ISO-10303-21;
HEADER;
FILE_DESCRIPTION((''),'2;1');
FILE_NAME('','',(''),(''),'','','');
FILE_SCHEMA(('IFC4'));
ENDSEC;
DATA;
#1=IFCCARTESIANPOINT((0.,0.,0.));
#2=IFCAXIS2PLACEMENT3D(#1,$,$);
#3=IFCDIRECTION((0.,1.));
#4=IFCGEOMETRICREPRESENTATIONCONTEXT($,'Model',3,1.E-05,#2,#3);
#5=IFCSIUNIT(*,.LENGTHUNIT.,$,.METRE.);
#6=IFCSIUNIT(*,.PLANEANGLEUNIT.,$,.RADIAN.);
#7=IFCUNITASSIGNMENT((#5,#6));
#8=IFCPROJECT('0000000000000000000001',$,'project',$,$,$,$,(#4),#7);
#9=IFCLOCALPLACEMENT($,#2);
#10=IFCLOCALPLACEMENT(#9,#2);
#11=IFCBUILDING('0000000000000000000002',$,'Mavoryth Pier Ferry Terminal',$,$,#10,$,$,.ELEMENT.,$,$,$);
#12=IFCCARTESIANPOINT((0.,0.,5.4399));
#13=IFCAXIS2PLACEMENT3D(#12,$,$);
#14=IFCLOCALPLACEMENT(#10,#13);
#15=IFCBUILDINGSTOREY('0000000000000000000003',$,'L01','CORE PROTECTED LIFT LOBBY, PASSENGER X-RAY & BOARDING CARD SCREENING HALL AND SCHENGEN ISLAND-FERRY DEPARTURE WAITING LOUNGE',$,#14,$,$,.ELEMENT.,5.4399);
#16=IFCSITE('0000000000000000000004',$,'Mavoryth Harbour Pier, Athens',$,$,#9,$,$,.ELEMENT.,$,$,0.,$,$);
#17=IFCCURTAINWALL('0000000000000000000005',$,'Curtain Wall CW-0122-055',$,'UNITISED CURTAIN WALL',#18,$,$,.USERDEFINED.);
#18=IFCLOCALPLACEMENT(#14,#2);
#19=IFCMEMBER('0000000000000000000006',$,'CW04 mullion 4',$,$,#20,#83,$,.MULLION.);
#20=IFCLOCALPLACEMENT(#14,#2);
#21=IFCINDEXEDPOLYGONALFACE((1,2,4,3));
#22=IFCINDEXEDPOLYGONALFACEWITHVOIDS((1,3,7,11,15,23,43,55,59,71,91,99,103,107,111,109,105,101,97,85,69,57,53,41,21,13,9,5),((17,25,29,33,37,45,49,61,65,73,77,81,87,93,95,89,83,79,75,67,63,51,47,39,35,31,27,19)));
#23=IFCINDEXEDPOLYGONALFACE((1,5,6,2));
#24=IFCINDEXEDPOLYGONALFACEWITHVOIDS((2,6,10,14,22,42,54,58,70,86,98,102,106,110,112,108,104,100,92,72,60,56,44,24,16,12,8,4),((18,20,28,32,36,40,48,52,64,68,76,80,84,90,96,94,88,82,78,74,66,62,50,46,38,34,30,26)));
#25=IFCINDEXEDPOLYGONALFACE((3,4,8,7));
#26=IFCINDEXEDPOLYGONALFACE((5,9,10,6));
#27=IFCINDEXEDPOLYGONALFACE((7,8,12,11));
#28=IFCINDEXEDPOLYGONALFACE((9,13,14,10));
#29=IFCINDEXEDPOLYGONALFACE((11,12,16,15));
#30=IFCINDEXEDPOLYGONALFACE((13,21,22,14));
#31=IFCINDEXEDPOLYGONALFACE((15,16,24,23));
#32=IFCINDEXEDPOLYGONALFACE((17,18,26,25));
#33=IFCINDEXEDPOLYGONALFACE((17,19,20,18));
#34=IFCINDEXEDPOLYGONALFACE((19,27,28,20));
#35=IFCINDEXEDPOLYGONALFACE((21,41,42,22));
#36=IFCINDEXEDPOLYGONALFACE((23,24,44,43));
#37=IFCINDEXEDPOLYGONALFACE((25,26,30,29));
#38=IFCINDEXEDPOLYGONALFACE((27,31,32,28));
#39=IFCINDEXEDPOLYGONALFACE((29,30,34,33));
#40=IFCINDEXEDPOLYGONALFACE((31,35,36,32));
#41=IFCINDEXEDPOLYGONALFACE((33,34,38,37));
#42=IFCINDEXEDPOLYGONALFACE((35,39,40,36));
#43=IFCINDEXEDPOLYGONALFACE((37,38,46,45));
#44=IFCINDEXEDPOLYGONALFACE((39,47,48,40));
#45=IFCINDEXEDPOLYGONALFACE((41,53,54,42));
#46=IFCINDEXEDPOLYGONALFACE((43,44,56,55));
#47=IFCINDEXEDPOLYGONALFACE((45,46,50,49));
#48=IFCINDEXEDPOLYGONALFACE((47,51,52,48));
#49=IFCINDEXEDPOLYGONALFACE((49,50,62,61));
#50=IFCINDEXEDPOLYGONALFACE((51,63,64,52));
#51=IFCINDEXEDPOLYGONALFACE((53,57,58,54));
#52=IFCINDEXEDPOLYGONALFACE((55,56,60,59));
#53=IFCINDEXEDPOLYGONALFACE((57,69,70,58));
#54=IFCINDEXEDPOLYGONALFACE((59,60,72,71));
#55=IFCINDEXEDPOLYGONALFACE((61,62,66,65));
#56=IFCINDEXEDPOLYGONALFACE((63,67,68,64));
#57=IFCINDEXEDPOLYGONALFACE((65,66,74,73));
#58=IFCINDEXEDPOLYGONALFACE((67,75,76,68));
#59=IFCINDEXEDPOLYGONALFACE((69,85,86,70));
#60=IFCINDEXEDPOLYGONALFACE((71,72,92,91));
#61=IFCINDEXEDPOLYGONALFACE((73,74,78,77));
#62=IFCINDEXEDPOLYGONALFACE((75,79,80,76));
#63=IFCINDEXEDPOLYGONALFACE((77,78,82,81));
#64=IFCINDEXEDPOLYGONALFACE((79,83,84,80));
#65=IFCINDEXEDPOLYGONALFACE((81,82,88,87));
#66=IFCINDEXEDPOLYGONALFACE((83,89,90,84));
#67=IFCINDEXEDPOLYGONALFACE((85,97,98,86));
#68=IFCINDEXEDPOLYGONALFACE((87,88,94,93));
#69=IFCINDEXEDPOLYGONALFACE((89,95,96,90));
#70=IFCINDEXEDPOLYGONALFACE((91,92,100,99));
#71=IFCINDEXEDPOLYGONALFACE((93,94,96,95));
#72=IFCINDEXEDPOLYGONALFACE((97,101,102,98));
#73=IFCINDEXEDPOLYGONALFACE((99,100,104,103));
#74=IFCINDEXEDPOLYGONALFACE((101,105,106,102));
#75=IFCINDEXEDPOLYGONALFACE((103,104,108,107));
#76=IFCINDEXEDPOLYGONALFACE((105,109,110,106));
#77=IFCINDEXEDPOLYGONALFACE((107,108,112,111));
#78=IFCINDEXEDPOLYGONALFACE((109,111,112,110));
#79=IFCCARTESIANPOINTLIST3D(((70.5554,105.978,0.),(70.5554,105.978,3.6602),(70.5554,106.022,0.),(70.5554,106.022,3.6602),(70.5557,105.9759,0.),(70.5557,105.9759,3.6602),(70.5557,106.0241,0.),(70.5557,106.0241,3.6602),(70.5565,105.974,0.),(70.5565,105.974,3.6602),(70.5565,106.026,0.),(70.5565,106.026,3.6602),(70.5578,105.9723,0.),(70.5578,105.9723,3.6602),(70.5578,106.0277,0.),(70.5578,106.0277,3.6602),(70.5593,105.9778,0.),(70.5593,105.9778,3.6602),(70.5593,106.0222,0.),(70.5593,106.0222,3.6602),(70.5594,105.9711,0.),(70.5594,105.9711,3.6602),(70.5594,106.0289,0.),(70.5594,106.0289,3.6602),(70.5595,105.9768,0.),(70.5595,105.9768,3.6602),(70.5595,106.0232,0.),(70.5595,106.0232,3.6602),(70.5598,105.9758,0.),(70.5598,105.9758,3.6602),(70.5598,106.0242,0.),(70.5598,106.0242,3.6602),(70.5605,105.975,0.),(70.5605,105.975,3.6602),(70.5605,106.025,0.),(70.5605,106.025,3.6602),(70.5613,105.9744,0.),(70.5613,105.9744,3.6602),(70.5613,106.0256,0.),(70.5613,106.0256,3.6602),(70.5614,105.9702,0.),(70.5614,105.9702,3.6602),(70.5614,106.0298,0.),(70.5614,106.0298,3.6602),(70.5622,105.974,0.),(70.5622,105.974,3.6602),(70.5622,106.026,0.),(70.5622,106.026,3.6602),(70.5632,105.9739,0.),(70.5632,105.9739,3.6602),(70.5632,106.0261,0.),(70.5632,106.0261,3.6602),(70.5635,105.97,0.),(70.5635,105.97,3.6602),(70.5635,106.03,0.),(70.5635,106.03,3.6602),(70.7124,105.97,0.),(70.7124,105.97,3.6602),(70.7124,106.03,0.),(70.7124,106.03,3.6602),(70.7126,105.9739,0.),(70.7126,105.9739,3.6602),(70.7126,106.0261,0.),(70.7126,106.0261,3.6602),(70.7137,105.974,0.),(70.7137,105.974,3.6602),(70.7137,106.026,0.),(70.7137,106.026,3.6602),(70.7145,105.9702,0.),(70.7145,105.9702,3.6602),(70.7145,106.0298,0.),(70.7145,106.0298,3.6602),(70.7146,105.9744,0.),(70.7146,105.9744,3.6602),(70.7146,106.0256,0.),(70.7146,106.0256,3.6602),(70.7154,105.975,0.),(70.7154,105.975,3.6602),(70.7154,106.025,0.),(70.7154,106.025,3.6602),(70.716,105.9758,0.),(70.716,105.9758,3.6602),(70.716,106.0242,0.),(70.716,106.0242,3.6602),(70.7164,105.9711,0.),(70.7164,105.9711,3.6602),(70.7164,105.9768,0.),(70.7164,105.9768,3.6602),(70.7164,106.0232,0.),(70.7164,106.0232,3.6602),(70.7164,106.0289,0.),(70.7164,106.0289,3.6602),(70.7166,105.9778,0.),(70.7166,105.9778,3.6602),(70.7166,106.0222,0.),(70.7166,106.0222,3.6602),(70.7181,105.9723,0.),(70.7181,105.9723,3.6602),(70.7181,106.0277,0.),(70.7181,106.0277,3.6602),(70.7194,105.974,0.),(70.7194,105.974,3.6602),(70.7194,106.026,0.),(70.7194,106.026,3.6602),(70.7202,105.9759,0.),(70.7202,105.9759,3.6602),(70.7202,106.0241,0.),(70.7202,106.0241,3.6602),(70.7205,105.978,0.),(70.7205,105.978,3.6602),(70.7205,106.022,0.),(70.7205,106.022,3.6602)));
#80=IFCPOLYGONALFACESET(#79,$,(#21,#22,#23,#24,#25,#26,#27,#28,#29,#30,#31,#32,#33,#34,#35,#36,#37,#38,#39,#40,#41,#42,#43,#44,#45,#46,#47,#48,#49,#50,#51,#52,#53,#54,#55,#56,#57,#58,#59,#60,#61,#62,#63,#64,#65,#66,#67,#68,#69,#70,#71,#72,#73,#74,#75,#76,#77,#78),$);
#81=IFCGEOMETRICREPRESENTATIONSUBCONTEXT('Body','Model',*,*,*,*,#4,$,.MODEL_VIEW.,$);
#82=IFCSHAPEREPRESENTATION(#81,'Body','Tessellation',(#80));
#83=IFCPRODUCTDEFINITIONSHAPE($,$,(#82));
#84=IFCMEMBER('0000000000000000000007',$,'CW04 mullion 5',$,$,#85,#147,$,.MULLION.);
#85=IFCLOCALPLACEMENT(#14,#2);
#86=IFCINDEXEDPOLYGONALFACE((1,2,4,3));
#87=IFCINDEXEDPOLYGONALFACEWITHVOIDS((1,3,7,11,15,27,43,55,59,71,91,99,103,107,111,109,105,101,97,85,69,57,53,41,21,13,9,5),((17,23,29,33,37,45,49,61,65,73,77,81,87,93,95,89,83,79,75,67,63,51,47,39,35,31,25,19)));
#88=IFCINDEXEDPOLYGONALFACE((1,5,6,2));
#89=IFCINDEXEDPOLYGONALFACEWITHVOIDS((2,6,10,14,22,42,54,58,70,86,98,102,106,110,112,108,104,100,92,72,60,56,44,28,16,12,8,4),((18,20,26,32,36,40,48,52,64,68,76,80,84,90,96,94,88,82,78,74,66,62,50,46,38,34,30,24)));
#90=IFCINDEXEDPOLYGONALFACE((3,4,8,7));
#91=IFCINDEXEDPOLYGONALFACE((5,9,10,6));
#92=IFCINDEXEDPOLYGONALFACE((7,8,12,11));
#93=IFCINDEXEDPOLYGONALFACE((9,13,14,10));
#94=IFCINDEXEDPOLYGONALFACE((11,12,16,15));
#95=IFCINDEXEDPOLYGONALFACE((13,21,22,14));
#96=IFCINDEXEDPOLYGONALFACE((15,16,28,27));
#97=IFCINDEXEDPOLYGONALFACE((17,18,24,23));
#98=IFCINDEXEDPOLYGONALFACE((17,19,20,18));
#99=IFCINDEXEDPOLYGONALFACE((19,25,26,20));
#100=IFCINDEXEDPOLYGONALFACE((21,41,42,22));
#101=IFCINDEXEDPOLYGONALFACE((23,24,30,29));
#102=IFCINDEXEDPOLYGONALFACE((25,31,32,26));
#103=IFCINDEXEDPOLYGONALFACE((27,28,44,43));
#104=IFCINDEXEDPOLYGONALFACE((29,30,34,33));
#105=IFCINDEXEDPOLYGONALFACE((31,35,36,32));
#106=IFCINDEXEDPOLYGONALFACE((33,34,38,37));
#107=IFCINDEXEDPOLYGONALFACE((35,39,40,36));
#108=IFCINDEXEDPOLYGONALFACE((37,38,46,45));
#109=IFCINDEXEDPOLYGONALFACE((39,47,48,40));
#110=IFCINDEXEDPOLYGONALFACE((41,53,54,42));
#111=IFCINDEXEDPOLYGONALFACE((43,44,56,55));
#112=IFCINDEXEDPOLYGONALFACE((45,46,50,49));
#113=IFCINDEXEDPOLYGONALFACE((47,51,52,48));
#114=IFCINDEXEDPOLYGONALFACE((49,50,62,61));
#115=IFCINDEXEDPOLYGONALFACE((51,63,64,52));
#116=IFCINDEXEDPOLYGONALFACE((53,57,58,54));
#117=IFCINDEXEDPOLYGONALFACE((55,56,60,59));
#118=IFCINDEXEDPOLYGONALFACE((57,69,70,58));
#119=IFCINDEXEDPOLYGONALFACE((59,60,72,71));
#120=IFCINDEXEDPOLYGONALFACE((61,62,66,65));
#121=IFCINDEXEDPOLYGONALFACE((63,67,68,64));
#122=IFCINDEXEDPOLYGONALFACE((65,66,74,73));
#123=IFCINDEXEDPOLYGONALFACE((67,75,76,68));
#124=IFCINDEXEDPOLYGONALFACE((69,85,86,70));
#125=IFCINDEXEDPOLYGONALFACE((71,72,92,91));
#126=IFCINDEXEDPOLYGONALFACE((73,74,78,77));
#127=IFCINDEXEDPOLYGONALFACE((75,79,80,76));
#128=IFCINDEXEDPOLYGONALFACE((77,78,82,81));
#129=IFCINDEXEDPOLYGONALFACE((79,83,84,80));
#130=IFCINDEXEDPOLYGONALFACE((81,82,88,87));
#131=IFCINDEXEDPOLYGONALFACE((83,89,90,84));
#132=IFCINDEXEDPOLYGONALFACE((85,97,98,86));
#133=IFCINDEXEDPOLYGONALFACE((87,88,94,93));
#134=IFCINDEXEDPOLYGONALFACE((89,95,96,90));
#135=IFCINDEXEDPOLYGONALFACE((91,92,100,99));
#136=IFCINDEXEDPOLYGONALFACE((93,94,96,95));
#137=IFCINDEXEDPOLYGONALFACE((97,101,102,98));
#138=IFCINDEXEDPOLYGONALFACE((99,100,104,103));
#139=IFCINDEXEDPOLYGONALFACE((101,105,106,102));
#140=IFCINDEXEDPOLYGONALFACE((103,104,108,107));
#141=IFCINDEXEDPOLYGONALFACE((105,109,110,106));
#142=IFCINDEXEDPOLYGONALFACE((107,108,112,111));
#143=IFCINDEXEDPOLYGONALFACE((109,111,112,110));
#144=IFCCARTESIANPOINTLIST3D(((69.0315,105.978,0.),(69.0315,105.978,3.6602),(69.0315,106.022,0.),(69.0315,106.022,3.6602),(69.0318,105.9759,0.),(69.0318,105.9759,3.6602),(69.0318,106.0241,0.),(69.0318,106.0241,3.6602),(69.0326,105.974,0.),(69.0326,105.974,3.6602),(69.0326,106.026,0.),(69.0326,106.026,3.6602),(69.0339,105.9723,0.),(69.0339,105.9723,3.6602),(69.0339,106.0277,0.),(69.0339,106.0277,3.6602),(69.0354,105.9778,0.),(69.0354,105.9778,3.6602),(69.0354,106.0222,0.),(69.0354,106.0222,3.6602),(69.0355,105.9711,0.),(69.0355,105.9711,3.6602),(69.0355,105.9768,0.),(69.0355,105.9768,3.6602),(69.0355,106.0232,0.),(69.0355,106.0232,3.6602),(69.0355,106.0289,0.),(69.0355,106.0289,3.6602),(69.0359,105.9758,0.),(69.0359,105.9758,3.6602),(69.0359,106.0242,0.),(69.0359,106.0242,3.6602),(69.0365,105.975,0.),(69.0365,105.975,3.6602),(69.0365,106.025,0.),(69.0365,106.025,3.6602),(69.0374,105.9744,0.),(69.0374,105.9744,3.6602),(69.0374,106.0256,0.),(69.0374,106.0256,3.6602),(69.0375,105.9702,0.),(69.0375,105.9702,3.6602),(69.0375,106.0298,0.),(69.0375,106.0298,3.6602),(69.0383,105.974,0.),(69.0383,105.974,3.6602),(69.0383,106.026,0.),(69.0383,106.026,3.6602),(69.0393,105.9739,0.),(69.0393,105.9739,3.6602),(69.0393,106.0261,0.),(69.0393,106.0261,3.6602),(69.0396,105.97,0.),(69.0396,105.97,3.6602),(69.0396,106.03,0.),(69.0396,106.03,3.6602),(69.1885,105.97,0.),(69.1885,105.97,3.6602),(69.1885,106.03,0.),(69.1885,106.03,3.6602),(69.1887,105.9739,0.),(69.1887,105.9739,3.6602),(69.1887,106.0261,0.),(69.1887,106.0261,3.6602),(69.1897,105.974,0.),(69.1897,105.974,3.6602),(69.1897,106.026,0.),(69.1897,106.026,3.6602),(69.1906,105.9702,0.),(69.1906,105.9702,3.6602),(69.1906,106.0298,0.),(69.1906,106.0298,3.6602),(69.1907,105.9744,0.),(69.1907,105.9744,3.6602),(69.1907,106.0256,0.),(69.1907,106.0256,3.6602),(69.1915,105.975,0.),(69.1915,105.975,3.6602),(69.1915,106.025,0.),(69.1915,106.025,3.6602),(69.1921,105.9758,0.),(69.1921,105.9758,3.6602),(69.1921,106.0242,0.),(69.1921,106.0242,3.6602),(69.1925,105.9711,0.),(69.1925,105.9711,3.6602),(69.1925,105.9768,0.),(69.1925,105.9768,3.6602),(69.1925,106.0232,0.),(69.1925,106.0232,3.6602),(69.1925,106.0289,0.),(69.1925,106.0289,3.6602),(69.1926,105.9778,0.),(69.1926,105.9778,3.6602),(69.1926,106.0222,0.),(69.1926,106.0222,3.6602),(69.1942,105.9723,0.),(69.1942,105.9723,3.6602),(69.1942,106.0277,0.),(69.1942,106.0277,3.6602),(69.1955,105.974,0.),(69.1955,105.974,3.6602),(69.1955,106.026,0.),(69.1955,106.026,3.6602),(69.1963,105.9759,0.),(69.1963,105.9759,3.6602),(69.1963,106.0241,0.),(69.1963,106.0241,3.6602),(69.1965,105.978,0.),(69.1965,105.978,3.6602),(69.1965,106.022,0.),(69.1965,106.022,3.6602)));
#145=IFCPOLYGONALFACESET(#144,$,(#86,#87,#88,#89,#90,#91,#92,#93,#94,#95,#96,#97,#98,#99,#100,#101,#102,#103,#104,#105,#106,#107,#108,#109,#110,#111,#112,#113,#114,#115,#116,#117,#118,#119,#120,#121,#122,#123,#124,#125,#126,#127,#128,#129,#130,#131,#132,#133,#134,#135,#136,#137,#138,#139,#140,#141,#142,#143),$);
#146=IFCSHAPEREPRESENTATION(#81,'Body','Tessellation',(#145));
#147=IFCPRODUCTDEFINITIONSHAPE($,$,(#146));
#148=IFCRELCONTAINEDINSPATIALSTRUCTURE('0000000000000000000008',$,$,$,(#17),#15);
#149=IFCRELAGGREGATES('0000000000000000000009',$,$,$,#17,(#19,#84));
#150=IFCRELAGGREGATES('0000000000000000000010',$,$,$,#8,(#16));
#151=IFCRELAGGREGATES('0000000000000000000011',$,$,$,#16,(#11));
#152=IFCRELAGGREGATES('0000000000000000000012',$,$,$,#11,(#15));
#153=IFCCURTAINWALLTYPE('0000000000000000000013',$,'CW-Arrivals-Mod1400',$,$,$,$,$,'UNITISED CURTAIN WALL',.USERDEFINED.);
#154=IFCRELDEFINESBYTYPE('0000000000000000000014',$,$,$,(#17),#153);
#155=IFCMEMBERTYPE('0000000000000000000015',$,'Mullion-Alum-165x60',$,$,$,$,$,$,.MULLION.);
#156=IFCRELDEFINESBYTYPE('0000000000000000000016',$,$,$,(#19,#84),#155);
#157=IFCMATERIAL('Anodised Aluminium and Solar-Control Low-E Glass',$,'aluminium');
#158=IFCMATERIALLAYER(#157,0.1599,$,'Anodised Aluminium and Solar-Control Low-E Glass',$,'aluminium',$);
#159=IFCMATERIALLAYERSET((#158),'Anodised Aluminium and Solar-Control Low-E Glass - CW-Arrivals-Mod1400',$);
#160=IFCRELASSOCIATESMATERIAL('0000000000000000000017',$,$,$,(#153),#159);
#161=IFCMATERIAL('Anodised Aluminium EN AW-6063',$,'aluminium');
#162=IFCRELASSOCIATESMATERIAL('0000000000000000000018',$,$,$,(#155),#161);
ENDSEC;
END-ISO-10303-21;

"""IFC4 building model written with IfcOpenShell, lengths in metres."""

from ifc_helpers import new_model, si_unit, direction, frame, origin, origin_2d, place, context, subcontext, project, spatial, hollow_rectangle, extrude, material, layer, layer_set, material_profile, profile_set, type_object, element, aggregate, save


model = new_model("IFC4")

# Units and contexts
model_context = context("Model", 3, precision=1e-05, world=origin(), true_north=direction((0.0, 1.0)))
body_context = subcontext(model_context, "Body", "Model", "MODEL_VIEW")
ifc_project = project(units=[si_unit("LENGTHUNIT", "METRE"), si_unit("PLANEANGLEUNIT", "RADIAN")], contexts=[model_context])

# Site, building, storey
site_placement = place(None, origin())
site = spatial("IfcSite", under=ifc_project, at=site_placement, Name="Mavoryth Harbour Pier, Athens", CompositionType="ELEMENT", RefElevation=0.0)
building_placement = place(site_placement, origin())
building = spatial("IfcBuilding", under=site, at=building_placement, Name="Mavoryth Pier Ferry Terminal", CompositionType="ELEMENT")
storey_placement = place(building_placement, frame((0.0, 0.0, 5.4399)))
storey = spatial("IfcBuildingStorey", under=building, at=storey_placement, Name="L01", Description="CORE PROTECTED LIFT LOBBY, PASSENGER X-RAY & BOARDING CARD SCREENING HALL AND SCHENGEN ISLAND-FERRY DEPARTURE WAITING LOUNGE", CompositionType="ELEMENT", Elevation=5.4399)

# Curtain wall, members
ifc_material_1 = material(Name="Anodised Aluminium and Solar-Control Low-E Glass", Category="aluminium")
ifc_layer_1 = layer(ifc_material_1, 0.1599, Name="Anodised Aluminium and Solar-Control Low-E Glass", Category="aluminium")
ifc_layer_set_1 = layer_set([ifc_layer_1], Name="Anodised Aluminium and Solar-Control Low-E Glass - CW-Arrivals-Mod1400")
curtain_wall_type = type_object("IfcCurtainWallType", Name="CW-Arrivals-Mod1400", ElementType="UNITISED CURTAIN WALL", PredefinedType="USERDEFINED", material=ifc_layer_set_1)
curtain_wall_placement = place(storey_placement, origin())
curtain_wall = element("IfcCurtainWall", 1, at=curtain_wall_placement, inside=storey, type_object=curtain_wall_type, Name="Curtain Wall CW-0122-055", ObjectType="UNITISED CURTAIN WALL", PredefinedType="USERDEFINED")
ifc_material_2 = material(Name="Anodised Aluminium EN AW-6063", Category="aluminium")
ifc_material_profile_1 = material_profile(ifc_material_2, hollow_rectangle(XDim=0.0601, YDim=0.165, WallThickness=0.0039, InnerFilletRadius=0.0039, OuterFilletRadius=0.0081, at=origin_2d()), Name="AL-MULL 165x60x4", Category="aluminium")
ifc_profile_set_1 = profile_set([ifc_material_profile_1], Name="Anodised Aluminium EN AW-6063 - AL-MULL 165x60x4")
member_type_1 = type_object("IfcMemberType", Name="Mullion-Alum-165x60", PredefinedType="MULLION", material=ifc_profile_set_1)
member_1_placement = place(storey_placement, frame((70.6379, 106.0, 0.0), z_axis=(0.0, 0.0, 1.0), x_axis=(0.0, -1.0, 0.0)))
member_1 = element("IfcMember", 2, at=member_1_placement, type_object=member_type_1, Name="CW04 mullion 4", PredefinedType="MULLION", context=body_context, shape_type="SweptSolid", body=[
    extrude(hollow_rectangle(XDim=0.0601, YDim=0.165, WallThickness=0.0039, InnerFilletRadius=0.0039, OuterFilletRadius=0.0081, at=origin_2d()), origin(), (0.0, 0.0, 1.0), 3.6602),
])
member_2_placement = place(storey_placement, frame((69.114, 106.0, 0.0), z_axis=(0.0, 0.0, 1.0), x_axis=(0.0, -1.0, 0.0)))
member_2 = element("IfcMember", 3, at=member_2_placement, type_object=member_type_1, Name="CW04 mullion 5", PredefinedType="MULLION", context=body_context, shape_type="SweptSolid", body=[
    extrude(hollow_rectangle(XDim=0.0601, YDim=0.165, WallThickness=0.0039, InnerFilletRadius=0.0039, OuterFilletRadius=0.0081, at=origin_2d()), origin(), (0.0, 0.0, 1.0), 3.6602),
])

aggregate(curtain_wall, [member_1, member_2])

save(model, "model.ifc")
